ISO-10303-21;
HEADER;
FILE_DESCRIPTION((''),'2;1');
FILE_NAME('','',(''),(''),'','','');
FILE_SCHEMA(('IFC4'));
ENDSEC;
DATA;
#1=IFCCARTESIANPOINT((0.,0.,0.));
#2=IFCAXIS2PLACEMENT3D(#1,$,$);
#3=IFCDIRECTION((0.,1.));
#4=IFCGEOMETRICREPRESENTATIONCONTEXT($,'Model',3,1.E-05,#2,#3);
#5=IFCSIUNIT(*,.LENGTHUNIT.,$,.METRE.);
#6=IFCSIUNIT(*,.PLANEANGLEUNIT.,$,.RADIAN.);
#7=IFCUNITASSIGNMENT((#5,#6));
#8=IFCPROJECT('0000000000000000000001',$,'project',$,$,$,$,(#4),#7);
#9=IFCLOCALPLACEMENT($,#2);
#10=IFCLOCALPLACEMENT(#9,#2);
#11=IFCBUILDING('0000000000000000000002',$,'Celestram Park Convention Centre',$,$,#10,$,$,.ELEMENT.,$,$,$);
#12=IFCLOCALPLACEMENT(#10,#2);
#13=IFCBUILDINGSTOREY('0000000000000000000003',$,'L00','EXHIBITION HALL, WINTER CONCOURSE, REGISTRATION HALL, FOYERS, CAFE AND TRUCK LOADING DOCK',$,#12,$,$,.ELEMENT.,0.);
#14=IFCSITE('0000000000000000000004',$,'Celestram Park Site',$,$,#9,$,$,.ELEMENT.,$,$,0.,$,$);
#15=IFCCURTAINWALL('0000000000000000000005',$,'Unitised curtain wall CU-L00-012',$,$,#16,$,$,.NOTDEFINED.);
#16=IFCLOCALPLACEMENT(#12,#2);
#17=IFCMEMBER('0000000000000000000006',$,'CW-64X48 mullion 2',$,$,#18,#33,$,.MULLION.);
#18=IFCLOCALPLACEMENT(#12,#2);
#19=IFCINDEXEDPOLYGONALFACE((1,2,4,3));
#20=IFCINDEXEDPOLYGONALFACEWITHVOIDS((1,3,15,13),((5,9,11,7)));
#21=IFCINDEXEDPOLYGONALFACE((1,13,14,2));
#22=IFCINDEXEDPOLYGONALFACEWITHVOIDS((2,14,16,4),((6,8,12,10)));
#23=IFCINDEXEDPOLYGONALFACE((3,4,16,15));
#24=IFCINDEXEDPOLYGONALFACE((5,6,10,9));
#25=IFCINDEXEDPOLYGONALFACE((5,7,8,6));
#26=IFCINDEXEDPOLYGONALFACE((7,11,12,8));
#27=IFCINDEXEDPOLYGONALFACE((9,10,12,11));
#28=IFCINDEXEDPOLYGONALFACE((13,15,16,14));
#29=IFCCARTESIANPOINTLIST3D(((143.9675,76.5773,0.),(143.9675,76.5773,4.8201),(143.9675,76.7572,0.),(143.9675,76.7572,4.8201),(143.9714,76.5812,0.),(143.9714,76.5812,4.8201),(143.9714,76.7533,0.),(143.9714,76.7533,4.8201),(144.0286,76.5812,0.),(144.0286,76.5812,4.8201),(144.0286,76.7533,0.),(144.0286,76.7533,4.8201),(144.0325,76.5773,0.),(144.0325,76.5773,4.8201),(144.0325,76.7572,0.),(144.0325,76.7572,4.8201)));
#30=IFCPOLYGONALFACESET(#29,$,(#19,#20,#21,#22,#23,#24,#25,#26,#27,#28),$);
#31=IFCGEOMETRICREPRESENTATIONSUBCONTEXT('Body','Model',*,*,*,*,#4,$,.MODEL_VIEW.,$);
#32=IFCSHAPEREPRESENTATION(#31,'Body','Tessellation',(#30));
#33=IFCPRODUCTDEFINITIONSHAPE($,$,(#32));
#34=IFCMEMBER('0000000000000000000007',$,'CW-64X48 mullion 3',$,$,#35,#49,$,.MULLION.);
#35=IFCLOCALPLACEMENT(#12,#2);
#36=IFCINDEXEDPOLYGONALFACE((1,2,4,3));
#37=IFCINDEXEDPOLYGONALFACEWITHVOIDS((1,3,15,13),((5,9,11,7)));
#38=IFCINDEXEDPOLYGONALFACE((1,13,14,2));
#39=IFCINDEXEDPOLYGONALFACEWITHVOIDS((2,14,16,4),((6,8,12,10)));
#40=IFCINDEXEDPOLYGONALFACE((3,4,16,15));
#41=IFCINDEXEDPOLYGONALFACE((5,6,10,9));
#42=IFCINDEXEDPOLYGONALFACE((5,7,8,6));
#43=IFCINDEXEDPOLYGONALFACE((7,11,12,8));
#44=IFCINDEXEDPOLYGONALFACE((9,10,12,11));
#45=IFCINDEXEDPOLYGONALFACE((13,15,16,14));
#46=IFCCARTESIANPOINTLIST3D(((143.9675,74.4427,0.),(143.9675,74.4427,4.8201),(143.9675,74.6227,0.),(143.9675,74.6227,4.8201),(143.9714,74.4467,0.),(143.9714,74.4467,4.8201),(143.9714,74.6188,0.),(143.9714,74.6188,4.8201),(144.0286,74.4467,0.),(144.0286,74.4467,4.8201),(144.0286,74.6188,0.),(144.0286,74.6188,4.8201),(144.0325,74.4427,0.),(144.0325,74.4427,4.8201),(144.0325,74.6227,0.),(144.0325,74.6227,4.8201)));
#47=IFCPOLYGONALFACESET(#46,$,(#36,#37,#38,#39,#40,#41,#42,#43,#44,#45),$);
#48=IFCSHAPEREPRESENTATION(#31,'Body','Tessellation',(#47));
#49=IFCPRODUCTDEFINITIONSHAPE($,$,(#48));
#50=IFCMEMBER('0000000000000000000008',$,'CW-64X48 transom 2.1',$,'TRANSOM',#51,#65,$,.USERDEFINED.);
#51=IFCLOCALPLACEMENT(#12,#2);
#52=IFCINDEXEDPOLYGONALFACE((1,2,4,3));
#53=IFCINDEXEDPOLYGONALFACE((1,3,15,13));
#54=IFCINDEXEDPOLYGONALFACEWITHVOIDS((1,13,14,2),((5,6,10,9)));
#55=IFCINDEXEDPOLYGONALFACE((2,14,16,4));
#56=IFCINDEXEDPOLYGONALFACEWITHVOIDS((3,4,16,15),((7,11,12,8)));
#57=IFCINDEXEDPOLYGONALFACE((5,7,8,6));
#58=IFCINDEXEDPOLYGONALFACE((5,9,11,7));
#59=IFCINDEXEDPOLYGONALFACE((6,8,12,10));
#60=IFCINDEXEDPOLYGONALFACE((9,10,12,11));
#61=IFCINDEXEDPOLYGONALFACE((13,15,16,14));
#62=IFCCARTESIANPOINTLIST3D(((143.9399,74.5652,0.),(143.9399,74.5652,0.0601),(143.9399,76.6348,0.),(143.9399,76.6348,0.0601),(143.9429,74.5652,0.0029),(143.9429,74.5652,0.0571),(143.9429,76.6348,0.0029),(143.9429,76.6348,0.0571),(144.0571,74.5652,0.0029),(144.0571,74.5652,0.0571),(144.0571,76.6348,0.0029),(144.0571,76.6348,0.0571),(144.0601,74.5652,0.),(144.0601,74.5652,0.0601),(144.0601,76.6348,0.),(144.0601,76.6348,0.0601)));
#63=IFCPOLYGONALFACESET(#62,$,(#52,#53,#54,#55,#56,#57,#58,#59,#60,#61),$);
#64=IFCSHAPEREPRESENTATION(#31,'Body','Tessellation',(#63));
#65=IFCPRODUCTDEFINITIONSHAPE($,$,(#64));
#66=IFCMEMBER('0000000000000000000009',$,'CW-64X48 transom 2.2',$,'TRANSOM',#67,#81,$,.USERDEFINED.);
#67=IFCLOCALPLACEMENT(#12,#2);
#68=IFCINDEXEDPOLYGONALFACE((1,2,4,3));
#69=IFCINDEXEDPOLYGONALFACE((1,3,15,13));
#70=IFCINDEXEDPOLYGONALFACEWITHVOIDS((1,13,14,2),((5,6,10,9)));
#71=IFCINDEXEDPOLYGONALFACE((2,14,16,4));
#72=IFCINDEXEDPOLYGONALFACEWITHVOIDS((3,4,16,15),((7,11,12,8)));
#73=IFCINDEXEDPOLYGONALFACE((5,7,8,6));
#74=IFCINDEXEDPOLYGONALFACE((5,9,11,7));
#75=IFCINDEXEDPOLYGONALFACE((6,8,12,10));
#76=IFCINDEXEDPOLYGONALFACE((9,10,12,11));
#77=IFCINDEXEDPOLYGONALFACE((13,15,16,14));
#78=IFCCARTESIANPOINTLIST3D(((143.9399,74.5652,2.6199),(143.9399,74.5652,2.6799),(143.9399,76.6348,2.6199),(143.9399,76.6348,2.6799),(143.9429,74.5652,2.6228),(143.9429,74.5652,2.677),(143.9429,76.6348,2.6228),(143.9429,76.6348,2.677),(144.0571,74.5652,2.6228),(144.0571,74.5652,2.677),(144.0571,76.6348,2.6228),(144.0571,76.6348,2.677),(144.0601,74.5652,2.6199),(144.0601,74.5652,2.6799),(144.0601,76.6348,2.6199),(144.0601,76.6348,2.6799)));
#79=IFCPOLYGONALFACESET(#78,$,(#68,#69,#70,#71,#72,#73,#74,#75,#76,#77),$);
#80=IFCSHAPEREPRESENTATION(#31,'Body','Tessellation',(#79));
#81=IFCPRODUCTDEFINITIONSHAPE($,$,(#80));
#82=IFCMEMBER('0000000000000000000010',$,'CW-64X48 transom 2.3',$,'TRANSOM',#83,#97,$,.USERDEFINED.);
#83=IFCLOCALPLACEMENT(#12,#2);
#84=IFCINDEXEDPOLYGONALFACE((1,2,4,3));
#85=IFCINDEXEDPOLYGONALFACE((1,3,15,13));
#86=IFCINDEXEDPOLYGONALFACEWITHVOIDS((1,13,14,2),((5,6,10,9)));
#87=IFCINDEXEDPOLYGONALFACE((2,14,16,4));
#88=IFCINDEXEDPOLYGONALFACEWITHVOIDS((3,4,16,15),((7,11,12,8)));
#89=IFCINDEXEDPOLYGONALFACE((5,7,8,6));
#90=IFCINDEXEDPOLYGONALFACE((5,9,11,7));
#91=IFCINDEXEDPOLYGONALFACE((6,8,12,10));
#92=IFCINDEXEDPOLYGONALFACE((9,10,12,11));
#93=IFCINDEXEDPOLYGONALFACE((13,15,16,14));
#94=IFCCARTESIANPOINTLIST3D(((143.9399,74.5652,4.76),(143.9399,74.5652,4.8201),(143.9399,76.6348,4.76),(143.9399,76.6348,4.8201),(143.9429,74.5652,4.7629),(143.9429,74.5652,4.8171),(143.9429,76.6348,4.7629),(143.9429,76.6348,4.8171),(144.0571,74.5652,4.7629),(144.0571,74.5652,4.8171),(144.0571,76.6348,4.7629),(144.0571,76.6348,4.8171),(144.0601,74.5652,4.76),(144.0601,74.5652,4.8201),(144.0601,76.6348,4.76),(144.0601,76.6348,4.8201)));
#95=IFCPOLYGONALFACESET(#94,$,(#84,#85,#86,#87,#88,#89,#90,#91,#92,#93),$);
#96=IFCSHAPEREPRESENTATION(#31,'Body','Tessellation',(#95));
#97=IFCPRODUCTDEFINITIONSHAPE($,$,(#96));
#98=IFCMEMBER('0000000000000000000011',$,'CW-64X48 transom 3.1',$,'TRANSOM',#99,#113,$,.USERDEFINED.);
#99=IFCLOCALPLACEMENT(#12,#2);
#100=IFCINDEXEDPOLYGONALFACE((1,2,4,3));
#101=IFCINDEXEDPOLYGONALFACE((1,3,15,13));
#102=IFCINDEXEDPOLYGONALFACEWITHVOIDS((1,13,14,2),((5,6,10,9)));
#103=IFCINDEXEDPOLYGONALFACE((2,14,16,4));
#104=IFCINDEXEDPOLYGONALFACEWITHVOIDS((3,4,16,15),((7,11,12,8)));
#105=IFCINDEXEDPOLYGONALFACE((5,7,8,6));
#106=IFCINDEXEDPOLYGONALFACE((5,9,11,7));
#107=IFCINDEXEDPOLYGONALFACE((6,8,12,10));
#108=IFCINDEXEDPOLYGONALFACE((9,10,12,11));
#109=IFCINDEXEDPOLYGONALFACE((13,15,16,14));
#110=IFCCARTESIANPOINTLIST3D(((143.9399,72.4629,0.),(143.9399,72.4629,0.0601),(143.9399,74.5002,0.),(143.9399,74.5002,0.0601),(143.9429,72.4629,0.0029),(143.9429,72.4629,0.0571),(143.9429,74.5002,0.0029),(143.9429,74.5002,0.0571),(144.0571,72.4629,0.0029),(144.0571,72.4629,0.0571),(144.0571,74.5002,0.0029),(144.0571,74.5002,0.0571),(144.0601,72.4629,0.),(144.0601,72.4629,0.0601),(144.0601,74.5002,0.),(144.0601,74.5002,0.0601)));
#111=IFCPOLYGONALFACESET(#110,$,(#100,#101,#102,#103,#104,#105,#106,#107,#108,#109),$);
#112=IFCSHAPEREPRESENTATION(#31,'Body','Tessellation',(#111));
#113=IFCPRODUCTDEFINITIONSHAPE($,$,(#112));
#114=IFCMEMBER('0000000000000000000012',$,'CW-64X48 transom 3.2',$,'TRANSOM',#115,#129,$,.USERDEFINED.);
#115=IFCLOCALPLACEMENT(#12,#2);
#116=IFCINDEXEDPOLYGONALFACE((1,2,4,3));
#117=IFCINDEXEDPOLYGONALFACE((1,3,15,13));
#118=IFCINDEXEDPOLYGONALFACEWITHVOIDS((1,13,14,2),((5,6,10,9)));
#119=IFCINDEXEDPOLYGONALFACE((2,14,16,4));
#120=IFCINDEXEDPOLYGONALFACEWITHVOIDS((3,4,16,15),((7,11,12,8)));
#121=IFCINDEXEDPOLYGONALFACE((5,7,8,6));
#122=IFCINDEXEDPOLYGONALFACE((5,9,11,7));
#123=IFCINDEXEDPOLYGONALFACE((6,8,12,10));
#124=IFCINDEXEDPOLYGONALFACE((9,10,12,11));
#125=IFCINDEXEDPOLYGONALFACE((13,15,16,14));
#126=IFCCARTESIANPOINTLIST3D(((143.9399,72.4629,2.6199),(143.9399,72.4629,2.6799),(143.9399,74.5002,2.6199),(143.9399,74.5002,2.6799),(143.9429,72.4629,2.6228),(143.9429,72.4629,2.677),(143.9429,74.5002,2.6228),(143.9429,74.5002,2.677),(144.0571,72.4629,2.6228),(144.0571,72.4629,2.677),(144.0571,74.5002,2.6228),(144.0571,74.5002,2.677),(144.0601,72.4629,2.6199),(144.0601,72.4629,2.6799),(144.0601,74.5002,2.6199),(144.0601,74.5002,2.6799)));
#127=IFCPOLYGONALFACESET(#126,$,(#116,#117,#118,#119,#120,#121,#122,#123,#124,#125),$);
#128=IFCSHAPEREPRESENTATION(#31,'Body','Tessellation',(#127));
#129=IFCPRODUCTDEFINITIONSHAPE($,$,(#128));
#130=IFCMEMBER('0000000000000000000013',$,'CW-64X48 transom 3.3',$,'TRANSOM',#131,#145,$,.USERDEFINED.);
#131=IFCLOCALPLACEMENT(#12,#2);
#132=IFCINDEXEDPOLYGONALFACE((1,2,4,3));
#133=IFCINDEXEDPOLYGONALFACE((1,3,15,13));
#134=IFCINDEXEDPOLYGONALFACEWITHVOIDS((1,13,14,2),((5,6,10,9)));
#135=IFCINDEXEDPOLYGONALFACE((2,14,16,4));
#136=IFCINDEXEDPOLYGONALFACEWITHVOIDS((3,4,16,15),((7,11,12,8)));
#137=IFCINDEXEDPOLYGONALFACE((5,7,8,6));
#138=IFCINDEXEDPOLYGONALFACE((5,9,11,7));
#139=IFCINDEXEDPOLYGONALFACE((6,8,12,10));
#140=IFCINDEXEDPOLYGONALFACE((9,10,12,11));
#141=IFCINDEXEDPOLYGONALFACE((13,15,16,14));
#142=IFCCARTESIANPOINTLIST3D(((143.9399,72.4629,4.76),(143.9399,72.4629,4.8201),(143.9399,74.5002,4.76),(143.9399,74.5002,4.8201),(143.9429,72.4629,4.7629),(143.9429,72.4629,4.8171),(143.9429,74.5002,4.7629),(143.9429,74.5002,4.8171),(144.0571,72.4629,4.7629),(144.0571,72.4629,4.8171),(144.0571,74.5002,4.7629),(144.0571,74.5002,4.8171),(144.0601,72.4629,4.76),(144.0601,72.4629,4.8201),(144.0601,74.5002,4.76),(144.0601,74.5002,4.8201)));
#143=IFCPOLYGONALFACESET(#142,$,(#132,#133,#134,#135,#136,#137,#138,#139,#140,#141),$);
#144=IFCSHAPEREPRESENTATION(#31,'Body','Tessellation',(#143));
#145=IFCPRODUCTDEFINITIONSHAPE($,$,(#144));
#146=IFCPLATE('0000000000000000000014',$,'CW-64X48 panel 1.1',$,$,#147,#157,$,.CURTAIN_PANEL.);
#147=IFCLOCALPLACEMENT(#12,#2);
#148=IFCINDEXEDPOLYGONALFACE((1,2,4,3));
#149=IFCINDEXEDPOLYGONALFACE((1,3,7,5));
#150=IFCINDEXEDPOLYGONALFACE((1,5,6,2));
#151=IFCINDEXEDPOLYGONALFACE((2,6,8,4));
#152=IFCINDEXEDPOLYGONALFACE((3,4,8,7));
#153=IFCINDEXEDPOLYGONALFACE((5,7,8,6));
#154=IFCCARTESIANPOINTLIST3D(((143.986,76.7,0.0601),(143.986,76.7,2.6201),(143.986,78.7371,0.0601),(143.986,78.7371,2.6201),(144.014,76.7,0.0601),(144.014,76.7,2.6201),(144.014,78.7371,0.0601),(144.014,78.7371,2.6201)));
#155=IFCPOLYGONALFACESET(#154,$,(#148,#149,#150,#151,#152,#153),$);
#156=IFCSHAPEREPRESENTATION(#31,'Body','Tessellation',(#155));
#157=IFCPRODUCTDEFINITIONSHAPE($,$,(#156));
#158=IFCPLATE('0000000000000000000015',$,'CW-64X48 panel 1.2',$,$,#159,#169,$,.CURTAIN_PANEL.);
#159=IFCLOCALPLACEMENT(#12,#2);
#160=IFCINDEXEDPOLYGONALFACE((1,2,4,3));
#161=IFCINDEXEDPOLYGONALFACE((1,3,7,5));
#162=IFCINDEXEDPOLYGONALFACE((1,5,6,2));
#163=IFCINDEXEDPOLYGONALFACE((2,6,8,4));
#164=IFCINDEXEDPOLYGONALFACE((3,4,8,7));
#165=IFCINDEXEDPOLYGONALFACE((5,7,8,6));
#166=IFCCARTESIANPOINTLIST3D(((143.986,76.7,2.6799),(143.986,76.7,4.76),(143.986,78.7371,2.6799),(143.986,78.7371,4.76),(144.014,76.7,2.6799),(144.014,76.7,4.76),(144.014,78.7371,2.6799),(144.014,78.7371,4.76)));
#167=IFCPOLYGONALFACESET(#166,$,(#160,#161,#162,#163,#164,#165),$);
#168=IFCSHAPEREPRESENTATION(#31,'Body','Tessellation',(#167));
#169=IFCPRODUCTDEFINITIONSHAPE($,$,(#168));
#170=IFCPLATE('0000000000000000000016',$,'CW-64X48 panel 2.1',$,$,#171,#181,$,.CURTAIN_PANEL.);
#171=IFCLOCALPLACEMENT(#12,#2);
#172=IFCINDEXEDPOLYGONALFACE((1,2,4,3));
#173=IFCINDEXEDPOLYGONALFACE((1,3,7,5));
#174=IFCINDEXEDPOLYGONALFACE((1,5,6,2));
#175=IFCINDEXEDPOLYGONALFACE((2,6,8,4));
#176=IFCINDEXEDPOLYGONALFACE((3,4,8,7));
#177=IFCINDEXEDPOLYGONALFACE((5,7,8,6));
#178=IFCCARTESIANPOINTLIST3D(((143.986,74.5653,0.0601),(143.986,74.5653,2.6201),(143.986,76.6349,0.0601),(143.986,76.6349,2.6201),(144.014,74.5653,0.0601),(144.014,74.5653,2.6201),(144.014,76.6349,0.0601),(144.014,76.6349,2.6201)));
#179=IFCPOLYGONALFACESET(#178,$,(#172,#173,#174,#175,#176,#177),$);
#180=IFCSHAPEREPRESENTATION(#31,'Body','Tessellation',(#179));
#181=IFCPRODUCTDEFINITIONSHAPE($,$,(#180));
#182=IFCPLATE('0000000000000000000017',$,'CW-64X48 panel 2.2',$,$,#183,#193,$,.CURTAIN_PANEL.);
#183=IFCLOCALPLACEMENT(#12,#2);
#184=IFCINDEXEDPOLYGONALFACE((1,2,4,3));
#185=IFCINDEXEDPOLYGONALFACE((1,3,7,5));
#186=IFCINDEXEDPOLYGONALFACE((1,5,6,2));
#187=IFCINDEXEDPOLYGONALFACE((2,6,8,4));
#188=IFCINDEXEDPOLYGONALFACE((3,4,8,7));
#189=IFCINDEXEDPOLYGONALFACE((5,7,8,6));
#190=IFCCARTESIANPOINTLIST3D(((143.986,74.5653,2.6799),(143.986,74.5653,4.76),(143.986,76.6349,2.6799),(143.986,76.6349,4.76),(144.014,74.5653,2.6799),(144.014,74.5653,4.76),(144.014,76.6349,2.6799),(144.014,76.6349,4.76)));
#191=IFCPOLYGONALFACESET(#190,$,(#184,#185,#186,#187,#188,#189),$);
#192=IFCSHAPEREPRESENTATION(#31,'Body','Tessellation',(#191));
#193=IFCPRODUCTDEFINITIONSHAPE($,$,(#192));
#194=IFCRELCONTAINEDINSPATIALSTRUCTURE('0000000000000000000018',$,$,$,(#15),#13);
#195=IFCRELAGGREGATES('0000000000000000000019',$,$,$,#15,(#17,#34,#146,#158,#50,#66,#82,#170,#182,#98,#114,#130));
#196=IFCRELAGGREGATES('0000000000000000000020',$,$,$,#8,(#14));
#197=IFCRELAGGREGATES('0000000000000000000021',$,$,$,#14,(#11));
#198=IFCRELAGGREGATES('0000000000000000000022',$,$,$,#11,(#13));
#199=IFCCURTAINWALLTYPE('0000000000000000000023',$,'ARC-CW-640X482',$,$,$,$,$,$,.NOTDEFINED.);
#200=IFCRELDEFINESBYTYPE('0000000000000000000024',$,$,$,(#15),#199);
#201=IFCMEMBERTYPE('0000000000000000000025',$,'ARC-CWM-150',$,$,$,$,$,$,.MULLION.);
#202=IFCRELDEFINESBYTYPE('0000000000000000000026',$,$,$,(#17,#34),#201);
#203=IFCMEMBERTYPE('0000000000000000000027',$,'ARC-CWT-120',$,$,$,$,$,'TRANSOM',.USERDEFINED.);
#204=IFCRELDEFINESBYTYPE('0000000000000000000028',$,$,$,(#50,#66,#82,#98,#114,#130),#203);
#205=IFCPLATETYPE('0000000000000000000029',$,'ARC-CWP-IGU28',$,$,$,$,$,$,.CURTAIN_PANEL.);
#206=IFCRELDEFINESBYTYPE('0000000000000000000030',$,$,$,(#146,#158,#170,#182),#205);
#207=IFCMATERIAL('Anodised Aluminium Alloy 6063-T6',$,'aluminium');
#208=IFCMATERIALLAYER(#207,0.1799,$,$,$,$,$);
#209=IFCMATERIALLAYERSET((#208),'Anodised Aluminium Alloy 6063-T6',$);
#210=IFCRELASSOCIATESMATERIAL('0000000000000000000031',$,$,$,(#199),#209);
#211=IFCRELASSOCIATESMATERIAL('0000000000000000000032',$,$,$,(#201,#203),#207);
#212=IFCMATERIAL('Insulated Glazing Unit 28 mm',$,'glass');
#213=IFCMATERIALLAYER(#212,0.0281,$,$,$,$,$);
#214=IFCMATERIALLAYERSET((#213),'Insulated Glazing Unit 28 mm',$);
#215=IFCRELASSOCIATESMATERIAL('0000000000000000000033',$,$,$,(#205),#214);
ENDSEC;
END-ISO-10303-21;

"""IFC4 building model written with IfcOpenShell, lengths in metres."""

from ifc_helpers import new_model, si_unit, direction, frame, origin, origin_2d, place, context, subcontext, project, spatial, rectangle, hollow_rectangle, extrude, material, layer, layer_set, material_profile, profile_set, type_object, element, aggregate, save


model = new_model("IFC4")

# Units and contexts
model_context = context("Model", 3, precision=1e-05, world=origin(), true_north=direction((0.0, 1.0)))
body_context = subcontext(model_context, "Body", "Model", "MODEL_VIEW")
ifc_project = project(units=[si_unit("LENGTHUNIT", "METRE"), si_unit("PLANEANGLEUNIT", "RADIAN")], contexts=[model_context])

# Site, building, storey
site_placement = place(None, origin())
site = spatial("IfcSite", under=ifc_project, at=site_placement, Name="Celestram Park Site", CompositionType="ELEMENT", RefElevation=0.0)
building_placement = place(site_placement, origin())
building = spatial("IfcBuilding", under=site, at=building_placement, Name="Celestram Park Convention Centre", CompositionType="ELEMENT")
storey_placement = place(building_placement, origin())
storey = spatial("IfcBuildingStorey", under=building, at=storey_placement, Name="L00", Description="EXHIBITION HALL, WINTER CONCOURSE, REGISTRATION HALL, FOYERS, CAFE AND TRUCK LOADING DOCK", CompositionType="ELEMENT", Elevation=0.0)

# Curtain wall, members, plates
ifc_material_1 = material(Name="Anodised Aluminium Alloy 6063-T6", Category="aluminium")
ifc_layer_1 = layer(ifc_material_1, 0.1799)
ifc_layer_set_1 = layer_set([ifc_layer_1], Name="Anodised Aluminium Alloy 6063-T6")
curtain_wall_type = type_object("IfcCurtainWallType", Name="ARC-CW-640X482", PredefinedType="NOTDEFINED", material=ifc_layer_set_1)
curtain_wall_placement = place(storey_placement, origin())
curtain_wall = element("IfcCurtainWall", 1, at=curtain_wall_placement, inside=storey, type_object=curtain_wall_type, Name="Unitised curtain wall CU-L00-012", PredefinedType="NOTDEFINED")
ifc_material_profile_1 = material_profile(ifc_material_1, hollow_rectangle(XDim=0.0649, YDim=0.1799, WallThickness=0.0039, at=origin_2d()), Name="ALU65X180X4")
ifc_profile_set_1 = profile_set([ifc_material_profile_1], Name="Anodised Aluminium Alloy 6063-T6")
member_type_1 = type_object("IfcMemberType", Name="ARC-CWM-150", PredefinedType="MULLION", material=ifc_profile_set_1)
member_1_placement = place(storey_placement, frame((144.0, 76.6672, 0.0), z_axis=(0.0, 0.0, 1.0), x_axis=(1.0, 0.0, 0.0)))
member_1 = element("IfcMember", 2, at=member_1_placement, type_object=member_type_1, Name="CW-64X48 mullion 2", PredefinedType="MULLION", context=body_context, shape_type="SweptSolid", body=[
    extrude(hollow_rectangle(XDim=0.0649, YDim=0.1799, WallThickness=0.0039, at=origin_2d()), origin(), (0.0, 0.0, 1.0), 4.8201),
])
member_2_placement = place(storey_placement, frame((144.0, 74.5327, 0.0), z_axis=(0.0, 0.0, 1.0), x_axis=(1.0, 0.0, 0.0)))
member_2 = element("IfcMember", 3, at=member_2_placement, type_object=member_type_1, Name="CW-64X48 mullion 3", PredefinedType="MULLION", context=body_context, shape_type="SweptSolid", body=[
    extrude(hollow_rectangle(XDim=0.0649, YDim=0.1799, WallThickness=0.0039, at=origin_2d()), origin(), (0.0, 0.0, 1.0), 4.8201),
])
ifc_material_profile_2 = material_profile(ifc_material_1, hollow_rectangle(XDim=0.1201, YDim=0.0601, WallThickness=0.0029, at=origin_2d()), Name="ALU120X60X3")
ifc_profile_set_2 = profile_set([ifc_material_profile_2], Name="Anodised Aluminium Alloy 6063-T6")
member_type_2 = type_object("IfcMemberType", Name="ARC-CWT-120", ElementType="TRANSOM", PredefinedType="USERDEFINED", material=ifc_profile_set_2)
member_3_placement = place(storey_placement, frame((144.0, 76.6348, 0.03), z_axis=(0.0, -1.0, 0.0), x_axis=(1.0, 0.0, 0.0)))
member_3 = element("IfcMember", 4, at=member_3_placement, type_object=member_type_2, Name="CW-64X48 transom 2.1", ObjectType="TRANSOM", PredefinedType="USERDEFINED", context=body_context, shape_type="SweptSolid", body=[
    extrude(hollow_rectangle(XDim=0.1201, YDim=0.0601, WallThickness=0.0029, at=origin_2d()), origin(), (0.0, 0.0, 1.0), 2.0696),
])
member_4_placement = place(storey_placement, frame((144.0, 76.6348, 2.6499), z_axis=(0.0, -1.0, 0.0), x_axis=(1.0, 0.0, 0.0)))
member_4 = element("IfcMember", 5, at=member_4_placement, type_object=member_type_2, Name="CW-64X48 transom 2.2", ObjectType="TRANSOM", PredefinedType="USERDEFINED", context=body_context, shape_type="SweptSolid", body=[
    extrude(hollow_rectangle(XDim=0.1201, YDim=0.0601, WallThickness=0.0029, at=origin_2d()), origin(), (0.0, 0.0, 1.0), 2.0696),
])
member_5_placement = place(storey_placement, frame((144.0, 76.6348, 4.79), z_axis=(0.0, -1.0, 0.0), x_axis=(1.0, 0.0, 0.0)))
member_5 = element("IfcMember", 6, at=member_5_placement, type_object=member_type_2, Name="CW-64X48 transom 2.3", ObjectType="TRANSOM", PredefinedType="USERDEFINED", context=body_context, shape_type="SweptSolid", body=[
    extrude(hollow_rectangle(XDim=0.1201, YDim=0.0601, WallThickness=0.0029, at=origin_2d()), origin(), (0.0, 0.0, 1.0), 2.0696),
])
member_6_placement = place(storey_placement, frame((144.0, 74.5002, 0.03), z_axis=(0.0, -1.0, 0.0), x_axis=(1.0, 0.0, 0.0)))
member_6 = element("IfcMember", 7, at=member_6_placement, type_object=member_type_2, Name="CW-64X48 transom 3.1", ObjectType="TRANSOM", PredefinedType="USERDEFINED", context=body_context, shape_type="SweptSolid", body=[
    extrude(hollow_rectangle(XDim=0.1201, YDim=0.0601, WallThickness=0.0029, at=origin_2d()), origin(), (0.0, 0.0, 1.0), 2.0374),
])
member_7_placement = place(storey_placement, frame((144.0, 74.5002, 2.6499), z_axis=(0.0, -1.0, 0.0), x_axis=(1.0, 0.0, 0.0)))
member_7 = element("IfcMember", 8, at=member_7_placement, type_object=member_type_2, Name="CW-64X48 transom 3.2", ObjectType="TRANSOM", PredefinedType="USERDEFINED", context=body_context, shape_type="SweptSolid", body=[
    extrude(hollow_rectangle(XDim=0.1201, YDim=0.0601, WallThickness=0.0029, at=origin_2d()), origin(), (0.0, 0.0, 1.0), 2.0374),
])
member_8_placement = place(storey_placement, frame((144.0, 74.5002, 4.79), z_axis=(0.0, -1.0, 0.0), x_axis=(1.0, 0.0, 0.0)))
member_8 = element("IfcMember", 9, at=member_8_placement, type_object=member_type_2, Name="CW-64X48 transom 3.3", ObjectType="TRANSOM", PredefinedType="USERDEFINED", context=body_context, shape_type="SweptSolid", body=[
    extrude(hollow_rectangle(XDim=0.1201, YDim=0.0601, WallThickness=0.0029, at=origin_2d()), origin(), (0.0, 0.0, 1.0), 2.0374),
])
ifc_material_2 = material(Name="Insulated Glazing Unit 28 mm", Category="glass")
ifc_layer_2 = layer(ifc_material_2, 0.0281)
ifc_layer_set_2 = layer_set([ifc_layer_2], Name="Insulated Glazing Unit 28 mm")
plate_type = type_object("IfcPlateType", Name="ARC-CWP-IGU28", PredefinedType="CURTAIN_PANEL", material=ifc_layer_set_2)
plate_1_placement = place(storey_placement, frame((144.0, 77.7185, 0.0601), z_axis=(0.0, 0.0, 1.0), x_axis=(0.0, -1.0, 0.0)))
plate_1 = element("IfcPlate", 10, at=plate_1_placement, type_object=plate_type, Name="CW-64X48 panel 1.1", PredefinedType="CURTAIN_PANEL", context=body_context, shape_type="SweptSolid", body=[
    extrude(rectangle(XDim=2.0371, YDim=0.0281, at=origin_2d()), origin(), (0.0, 0.0, 1.0), 2.5601),
])
plate_2_placement = place(storey_placement, frame((144.0, 77.7185, 2.6799), z_axis=(0.0, 0.0, 1.0), x_axis=(0.0, -1.0, 0.0)))
plate_2 = element("IfcPlate", 11, at=plate_2_placement, type_object=plate_type, Name="CW-64X48 panel 1.2", PredefinedType="CURTAIN_PANEL", context=body_context, shape_type="SweptSolid", body=[
    extrude(rectangle(XDim=2.0371, YDim=0.0281, at=origin_2d()), origin(), (0.0, 0.0, 1.0), 2.0801),
])
plate_3_placement = place(storey_placement, frame((144.0, 75.6001, 0.0601), z_axis=(0.0, 0.0, 1.0), x_axis=(0.0, -1.0, 0.0)))
plate_3 = element("IfcPlate", 12, at=plate_3_placement, type_object=plate_type, Name="CW-64X48 panel 2.1", PredefinedType="CURTAIN_PANEL", context=body_context, shape_type="SweptSolid", body=[
    extrude(rectangle(XDim=2.0696, YDim=0.0281, at=origin_2d()), origin(), (0.0, 0.0, 1.0), 2.5601),
])
plate_4_placement = place(storey_placement, frame((144.0, 75.6001, 2.6799), z_axis=(0.0, 0.0, 1.0), x_axis=(0.0, -1.0, 0.0)))
plate_4 = element("IfcPlate", 13, at=plate_4_placement, type_object=plate_type, Name="CW-64X48 panel 2.2", PredefinedType="CURTAIN_PANEL", context=body_context, shape_type="SweptSolid", body=[
    extrude(rectangle(XDim=2.0696, YDim=0.0281, at=origin_2d()), origin(), (0.0, 0.0, 1.0), 2.0801),
])
aggregate(curtain_wall, [member_1, member_2, plate_1, plate_2, member_3, member_4, member_5, plate_3, plate_4, member_6, member_7, member_8])

save(model, "model.ifc")
